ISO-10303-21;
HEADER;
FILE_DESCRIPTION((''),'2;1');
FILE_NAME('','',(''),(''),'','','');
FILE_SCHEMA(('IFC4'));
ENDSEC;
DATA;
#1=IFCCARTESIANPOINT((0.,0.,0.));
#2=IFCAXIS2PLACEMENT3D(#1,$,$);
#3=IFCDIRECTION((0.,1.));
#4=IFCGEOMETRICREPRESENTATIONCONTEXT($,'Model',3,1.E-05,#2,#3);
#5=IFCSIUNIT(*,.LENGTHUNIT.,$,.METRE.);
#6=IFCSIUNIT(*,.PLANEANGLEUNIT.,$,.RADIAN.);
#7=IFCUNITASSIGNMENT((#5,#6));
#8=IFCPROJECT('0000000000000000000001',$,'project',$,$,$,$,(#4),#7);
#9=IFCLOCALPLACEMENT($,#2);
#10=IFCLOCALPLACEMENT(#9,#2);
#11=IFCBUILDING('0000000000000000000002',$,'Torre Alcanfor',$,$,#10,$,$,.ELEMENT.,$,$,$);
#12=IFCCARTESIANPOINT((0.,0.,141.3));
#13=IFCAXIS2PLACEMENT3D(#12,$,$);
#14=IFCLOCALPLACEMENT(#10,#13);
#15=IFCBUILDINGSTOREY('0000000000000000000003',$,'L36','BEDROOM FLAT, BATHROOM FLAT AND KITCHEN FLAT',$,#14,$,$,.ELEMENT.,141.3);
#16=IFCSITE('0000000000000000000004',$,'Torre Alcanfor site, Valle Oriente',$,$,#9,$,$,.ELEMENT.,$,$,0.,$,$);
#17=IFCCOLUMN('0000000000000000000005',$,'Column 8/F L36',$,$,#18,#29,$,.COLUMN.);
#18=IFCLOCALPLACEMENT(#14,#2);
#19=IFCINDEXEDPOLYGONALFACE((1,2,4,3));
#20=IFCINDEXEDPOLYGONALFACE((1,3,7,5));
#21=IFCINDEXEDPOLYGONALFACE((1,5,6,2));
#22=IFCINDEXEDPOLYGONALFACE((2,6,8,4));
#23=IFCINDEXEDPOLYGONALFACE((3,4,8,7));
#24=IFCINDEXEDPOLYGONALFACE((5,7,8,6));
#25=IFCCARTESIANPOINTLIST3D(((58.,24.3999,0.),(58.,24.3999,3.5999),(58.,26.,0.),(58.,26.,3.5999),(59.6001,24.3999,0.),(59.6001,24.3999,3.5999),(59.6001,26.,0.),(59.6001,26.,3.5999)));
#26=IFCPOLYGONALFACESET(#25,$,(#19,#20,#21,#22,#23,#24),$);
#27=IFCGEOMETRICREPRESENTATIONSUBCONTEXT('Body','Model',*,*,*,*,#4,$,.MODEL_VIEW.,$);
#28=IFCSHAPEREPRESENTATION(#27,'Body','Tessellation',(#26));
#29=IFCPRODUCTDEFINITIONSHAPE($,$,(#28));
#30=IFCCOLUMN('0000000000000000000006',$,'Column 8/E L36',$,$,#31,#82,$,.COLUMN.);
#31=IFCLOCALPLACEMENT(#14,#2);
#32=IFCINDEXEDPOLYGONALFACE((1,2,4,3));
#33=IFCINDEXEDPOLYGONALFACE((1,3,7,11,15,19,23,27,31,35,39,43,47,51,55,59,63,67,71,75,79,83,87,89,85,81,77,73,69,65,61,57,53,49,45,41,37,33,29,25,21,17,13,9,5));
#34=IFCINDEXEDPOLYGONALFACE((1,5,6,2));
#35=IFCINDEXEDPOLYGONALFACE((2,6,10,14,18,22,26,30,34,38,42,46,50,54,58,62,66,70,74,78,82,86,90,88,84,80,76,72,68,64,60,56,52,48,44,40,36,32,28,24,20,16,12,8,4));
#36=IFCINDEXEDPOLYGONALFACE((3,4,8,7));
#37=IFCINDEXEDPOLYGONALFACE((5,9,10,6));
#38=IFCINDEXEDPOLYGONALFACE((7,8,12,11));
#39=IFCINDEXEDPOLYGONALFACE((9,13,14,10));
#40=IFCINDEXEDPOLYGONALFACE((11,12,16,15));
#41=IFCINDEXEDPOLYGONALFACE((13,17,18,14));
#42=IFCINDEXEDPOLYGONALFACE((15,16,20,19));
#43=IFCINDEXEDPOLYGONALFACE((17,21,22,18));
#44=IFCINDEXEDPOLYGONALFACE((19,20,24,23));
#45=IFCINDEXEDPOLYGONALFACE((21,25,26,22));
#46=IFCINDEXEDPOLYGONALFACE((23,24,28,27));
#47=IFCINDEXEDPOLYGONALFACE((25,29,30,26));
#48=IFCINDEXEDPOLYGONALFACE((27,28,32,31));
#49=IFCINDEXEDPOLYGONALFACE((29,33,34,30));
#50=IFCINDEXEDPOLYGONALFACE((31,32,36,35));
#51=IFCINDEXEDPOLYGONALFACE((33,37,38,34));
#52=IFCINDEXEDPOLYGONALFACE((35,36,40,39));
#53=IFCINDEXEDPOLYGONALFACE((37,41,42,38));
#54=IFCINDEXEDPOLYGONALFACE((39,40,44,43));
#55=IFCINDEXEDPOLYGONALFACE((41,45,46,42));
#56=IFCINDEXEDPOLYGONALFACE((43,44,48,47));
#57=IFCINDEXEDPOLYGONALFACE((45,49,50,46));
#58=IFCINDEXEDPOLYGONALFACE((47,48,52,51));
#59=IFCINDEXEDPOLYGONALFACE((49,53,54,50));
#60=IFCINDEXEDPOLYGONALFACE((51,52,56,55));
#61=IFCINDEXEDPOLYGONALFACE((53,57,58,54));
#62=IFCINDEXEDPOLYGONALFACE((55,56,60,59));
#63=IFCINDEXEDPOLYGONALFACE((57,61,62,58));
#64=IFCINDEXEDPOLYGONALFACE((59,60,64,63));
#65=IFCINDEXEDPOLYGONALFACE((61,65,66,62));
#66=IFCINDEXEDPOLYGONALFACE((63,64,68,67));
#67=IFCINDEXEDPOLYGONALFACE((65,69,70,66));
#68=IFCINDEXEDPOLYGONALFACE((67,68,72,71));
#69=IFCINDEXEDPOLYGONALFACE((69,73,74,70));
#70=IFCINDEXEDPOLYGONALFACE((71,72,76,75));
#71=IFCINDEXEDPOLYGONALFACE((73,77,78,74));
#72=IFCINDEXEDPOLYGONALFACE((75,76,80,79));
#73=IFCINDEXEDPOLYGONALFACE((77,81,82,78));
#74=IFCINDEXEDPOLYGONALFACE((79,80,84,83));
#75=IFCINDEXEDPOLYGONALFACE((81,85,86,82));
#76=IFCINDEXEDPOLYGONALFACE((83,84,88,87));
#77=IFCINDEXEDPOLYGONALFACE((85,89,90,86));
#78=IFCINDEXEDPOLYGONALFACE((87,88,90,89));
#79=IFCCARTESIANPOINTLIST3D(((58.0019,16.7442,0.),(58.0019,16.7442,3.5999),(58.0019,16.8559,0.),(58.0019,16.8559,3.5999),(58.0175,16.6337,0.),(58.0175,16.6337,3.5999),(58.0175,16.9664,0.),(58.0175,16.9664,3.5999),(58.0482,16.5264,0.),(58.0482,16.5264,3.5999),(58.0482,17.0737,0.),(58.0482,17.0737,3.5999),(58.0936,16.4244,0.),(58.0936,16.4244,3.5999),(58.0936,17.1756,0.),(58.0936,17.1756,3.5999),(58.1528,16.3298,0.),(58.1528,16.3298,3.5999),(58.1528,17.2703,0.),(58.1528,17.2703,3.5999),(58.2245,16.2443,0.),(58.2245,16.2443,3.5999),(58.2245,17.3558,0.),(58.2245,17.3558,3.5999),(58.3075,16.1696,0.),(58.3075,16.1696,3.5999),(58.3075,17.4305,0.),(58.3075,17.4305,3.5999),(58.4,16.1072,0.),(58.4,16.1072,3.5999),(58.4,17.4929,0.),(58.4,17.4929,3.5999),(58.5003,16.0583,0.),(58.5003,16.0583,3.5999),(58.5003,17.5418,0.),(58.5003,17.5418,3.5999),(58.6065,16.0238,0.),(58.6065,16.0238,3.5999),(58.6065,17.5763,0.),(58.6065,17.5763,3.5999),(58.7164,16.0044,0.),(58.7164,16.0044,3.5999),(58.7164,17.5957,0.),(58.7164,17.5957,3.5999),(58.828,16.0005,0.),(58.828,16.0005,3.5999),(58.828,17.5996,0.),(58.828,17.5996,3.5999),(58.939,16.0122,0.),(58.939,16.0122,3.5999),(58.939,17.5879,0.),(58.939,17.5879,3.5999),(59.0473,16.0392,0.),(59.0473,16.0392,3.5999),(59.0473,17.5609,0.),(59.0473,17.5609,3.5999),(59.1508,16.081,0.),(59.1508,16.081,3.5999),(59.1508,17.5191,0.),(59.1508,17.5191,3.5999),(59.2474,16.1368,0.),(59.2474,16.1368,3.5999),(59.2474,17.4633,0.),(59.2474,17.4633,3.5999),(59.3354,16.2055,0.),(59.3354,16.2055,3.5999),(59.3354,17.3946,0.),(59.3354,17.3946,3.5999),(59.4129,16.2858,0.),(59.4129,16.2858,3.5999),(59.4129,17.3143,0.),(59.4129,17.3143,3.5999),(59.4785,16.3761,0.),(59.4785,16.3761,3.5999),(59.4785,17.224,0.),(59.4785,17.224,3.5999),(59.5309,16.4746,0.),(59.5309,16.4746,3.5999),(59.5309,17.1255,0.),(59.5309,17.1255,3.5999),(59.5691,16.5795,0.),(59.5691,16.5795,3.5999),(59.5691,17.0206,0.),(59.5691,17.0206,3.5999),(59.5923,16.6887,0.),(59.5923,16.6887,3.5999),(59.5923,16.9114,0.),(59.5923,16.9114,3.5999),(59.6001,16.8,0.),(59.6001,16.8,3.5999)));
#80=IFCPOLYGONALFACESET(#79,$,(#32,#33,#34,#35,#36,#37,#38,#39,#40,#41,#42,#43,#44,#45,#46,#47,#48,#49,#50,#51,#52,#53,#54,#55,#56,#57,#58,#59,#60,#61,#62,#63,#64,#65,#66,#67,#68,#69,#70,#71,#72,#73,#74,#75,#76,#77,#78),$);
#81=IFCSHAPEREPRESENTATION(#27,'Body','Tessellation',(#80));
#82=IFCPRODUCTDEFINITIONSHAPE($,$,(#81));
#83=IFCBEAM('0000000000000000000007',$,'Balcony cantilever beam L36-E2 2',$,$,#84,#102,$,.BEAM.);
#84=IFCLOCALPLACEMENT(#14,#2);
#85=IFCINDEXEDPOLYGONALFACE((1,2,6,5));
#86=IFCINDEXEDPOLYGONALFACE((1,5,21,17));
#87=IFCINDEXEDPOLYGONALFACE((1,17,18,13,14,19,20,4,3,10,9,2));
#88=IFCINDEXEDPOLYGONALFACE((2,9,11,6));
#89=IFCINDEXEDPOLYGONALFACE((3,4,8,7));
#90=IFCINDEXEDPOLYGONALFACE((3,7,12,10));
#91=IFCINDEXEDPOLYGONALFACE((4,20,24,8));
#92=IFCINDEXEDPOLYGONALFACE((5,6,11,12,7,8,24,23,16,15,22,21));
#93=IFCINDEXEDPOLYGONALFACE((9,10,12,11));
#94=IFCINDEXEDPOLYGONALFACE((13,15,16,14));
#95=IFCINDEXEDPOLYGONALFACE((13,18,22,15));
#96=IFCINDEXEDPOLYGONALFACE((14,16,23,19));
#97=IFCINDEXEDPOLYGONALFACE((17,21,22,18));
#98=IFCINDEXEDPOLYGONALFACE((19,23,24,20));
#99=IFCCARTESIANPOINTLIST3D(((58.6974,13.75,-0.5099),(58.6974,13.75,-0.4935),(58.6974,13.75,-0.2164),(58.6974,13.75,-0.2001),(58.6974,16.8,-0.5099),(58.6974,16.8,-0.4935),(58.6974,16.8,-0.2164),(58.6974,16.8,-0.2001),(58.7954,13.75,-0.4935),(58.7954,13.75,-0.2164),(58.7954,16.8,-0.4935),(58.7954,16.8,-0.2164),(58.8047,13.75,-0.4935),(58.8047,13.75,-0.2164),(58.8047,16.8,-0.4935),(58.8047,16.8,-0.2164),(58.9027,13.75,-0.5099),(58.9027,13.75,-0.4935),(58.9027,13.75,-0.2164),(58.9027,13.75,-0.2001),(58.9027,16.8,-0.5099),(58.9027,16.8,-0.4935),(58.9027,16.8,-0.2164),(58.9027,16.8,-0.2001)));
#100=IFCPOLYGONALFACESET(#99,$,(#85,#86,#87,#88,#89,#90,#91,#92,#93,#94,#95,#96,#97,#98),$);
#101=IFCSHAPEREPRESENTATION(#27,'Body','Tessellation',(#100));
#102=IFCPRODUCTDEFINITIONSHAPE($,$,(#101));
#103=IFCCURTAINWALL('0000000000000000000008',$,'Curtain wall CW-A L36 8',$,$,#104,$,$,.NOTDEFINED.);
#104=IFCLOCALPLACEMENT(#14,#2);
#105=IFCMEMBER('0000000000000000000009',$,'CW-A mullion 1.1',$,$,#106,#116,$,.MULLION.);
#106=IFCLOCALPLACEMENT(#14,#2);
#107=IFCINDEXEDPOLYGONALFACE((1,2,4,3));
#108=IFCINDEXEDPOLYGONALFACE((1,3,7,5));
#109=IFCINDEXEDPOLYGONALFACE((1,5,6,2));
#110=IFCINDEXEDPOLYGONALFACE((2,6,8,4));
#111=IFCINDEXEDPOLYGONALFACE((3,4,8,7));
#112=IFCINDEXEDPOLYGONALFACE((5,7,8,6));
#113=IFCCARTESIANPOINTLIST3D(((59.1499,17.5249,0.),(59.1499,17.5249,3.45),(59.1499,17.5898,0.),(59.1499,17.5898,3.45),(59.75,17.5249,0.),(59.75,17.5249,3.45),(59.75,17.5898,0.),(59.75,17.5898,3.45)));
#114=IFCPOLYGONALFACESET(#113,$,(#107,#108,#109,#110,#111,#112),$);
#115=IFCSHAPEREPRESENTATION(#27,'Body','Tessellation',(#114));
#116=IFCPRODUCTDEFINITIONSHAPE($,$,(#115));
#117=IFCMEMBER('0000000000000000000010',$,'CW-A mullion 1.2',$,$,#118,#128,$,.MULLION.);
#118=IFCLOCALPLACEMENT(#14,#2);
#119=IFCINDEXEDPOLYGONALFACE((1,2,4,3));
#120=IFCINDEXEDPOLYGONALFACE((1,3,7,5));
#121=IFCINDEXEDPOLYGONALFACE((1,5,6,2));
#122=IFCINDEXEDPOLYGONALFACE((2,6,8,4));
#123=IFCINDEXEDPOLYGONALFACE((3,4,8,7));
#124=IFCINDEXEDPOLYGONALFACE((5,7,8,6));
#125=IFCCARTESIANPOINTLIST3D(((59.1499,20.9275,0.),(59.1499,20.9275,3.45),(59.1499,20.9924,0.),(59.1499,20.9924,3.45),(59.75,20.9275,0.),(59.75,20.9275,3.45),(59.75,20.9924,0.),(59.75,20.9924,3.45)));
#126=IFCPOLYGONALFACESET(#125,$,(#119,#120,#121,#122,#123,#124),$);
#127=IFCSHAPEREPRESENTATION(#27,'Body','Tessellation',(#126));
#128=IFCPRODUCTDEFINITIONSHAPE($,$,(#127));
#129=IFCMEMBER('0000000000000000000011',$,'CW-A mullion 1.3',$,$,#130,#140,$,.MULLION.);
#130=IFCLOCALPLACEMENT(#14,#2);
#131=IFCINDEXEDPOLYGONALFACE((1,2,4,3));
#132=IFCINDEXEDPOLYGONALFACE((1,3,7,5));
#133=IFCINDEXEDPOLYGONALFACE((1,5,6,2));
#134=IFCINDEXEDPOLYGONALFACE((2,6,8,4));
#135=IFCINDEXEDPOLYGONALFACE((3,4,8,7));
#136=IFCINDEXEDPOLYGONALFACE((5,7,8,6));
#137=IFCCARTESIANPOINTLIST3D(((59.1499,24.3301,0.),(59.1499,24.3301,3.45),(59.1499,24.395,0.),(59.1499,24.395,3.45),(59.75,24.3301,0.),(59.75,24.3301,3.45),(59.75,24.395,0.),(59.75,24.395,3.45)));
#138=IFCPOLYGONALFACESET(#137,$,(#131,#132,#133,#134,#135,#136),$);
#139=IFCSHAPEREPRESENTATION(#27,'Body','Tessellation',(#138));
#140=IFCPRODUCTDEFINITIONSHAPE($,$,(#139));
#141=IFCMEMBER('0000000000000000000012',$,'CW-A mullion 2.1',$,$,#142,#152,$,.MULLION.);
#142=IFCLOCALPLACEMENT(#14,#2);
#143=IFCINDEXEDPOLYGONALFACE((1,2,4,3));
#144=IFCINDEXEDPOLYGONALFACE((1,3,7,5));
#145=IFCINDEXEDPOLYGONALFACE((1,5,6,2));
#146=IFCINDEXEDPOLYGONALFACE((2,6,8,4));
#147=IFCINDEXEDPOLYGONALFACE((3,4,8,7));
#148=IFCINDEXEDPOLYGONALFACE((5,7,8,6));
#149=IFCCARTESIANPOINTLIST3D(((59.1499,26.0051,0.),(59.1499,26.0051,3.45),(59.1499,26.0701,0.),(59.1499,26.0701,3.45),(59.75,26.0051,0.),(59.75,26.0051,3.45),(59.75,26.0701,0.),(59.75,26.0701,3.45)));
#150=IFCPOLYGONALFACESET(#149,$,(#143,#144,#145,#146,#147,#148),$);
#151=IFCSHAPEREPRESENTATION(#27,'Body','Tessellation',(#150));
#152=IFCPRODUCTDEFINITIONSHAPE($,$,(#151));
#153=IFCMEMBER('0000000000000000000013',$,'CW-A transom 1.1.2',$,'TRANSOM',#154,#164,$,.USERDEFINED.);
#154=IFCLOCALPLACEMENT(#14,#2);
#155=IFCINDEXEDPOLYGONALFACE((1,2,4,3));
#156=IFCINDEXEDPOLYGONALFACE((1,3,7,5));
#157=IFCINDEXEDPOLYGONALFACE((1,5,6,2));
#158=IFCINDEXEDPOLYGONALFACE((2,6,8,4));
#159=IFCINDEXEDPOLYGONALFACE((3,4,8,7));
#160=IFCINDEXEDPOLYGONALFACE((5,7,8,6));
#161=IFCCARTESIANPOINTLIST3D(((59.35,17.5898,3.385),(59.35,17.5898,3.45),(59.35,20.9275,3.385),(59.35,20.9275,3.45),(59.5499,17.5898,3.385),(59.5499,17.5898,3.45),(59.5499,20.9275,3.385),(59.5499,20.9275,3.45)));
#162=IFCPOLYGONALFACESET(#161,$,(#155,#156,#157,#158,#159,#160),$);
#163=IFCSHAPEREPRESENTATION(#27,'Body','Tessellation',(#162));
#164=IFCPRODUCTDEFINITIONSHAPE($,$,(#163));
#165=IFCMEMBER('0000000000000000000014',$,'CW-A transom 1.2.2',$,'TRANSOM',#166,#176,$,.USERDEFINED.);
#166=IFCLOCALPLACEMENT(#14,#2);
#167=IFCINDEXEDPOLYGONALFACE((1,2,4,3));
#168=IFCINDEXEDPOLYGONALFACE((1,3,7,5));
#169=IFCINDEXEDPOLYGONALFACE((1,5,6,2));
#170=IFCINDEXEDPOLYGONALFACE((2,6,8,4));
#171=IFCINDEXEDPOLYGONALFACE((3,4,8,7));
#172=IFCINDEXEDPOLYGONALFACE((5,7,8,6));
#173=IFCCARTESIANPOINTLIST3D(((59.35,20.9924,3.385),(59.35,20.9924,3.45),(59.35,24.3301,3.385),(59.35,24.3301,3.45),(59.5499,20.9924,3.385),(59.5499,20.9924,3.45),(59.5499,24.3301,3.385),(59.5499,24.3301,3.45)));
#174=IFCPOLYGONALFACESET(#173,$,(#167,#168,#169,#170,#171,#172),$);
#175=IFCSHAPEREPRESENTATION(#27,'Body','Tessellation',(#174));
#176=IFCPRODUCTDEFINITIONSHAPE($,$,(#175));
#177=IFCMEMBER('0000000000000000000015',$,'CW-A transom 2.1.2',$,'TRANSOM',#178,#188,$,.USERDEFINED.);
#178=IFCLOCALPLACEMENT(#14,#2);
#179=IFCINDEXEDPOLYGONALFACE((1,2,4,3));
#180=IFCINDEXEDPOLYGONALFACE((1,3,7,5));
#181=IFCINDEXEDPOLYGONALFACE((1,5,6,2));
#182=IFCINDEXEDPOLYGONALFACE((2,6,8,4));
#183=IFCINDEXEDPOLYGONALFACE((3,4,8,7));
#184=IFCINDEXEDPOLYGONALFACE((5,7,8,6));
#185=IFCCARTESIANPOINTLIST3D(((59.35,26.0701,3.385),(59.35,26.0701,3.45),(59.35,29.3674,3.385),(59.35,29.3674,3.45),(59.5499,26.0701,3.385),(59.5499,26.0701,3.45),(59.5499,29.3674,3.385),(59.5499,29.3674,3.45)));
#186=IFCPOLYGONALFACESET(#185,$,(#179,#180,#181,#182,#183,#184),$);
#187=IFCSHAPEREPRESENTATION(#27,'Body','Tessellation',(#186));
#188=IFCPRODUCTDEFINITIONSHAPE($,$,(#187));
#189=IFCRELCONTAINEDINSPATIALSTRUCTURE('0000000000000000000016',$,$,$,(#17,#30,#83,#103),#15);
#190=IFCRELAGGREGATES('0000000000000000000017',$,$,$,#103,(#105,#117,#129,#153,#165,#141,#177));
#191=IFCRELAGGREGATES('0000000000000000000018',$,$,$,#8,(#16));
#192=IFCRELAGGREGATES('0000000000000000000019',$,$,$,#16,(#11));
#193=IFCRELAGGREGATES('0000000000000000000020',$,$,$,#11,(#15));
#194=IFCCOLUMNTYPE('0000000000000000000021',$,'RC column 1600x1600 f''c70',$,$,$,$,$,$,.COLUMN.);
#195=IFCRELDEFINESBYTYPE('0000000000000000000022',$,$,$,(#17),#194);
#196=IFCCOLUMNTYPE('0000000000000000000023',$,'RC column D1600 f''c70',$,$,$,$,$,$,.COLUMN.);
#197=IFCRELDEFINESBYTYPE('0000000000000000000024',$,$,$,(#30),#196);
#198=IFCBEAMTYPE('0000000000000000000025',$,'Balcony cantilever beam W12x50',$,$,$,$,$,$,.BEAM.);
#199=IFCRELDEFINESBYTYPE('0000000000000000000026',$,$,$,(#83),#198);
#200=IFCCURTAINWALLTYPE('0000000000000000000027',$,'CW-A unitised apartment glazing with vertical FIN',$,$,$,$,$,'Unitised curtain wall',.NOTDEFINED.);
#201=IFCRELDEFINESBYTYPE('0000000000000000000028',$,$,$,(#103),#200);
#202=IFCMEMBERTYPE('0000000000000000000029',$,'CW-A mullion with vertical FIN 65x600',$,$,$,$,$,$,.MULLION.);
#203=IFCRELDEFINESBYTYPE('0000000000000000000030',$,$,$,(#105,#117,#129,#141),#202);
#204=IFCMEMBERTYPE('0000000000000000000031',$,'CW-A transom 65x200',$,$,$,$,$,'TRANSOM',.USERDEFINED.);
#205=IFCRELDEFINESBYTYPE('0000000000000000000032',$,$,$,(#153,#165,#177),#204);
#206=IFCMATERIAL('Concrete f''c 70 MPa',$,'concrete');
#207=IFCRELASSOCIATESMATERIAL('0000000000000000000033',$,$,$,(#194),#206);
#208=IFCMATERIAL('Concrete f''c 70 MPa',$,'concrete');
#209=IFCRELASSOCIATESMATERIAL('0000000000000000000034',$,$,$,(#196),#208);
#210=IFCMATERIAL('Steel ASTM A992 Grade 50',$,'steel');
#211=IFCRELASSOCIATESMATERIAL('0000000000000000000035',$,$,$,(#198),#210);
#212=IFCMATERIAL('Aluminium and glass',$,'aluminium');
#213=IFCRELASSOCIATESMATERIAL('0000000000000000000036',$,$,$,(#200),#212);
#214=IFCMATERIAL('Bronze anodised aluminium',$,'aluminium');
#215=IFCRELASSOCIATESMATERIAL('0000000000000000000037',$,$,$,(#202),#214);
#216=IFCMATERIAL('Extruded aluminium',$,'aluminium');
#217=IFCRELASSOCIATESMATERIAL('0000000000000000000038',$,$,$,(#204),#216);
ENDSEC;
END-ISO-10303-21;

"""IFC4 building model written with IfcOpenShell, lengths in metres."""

from ifc_helpers import new_model, si_unit, direction, frame, origin, origin_2d, place, context, subcontext, project, spatial, rectangle, circle, i_section, extrude, material, material_profile, profile_set, type_object, element, aggregate, save


model = new_model("IFC4")

# Units and contexts
model_context = context("Model", 3, precision=1e-05, world=origin(), true_north=direction((0.0, 1.0)))
body_context = subcontext(model_context, "Body", "Model", "MODEL_VIEW")
ifc_project = project(units=[si_unit("LENGTHUNIT", "METRE"), si_unit("PLANEANGLEUNIT", "RADIAN")], contexts=[model_context])

# Site, building, storey
site_placement = place(None, origin())
site = spatial("IfcSite", under=ifc_project, at=site_placement, Name="Torre Alcanfor site, Valle Oriente", CompositionType="ELEMENT", RefElevation=0.0)
building_placement = place(site_placement, origin())
building = spatial("IfcBuilding", under=site, at=building_placement, Name="Torre Alcanfor", CompositionType="ELEMENT")
storey_placement = place(building_placement, frame((0.0, 0.0, 141.3)))
storey = spatial("IfcBuildingStorey", under=building, at=storey_placement, Name="L36", Description="BEDROOM FLAT, BATHROOM FLAT AND KITCHEN FLAT", CompositionType="ELEMENT", Elevation=141.3)

# Columns
ifc_material_1 = material(Name="Concrete f'c 70 MPa", Category="concrete")
ifc_material_profile_1 = material_profile(ifc_material_1, rectangle(XDim=1.6001, YDim=1.6001, at=origin_2d()), Name="1600x1600")
ifc_profile_set_1 = profile_set([ifc_material_profile_1], Name="Concrete f'c 70 MPa")
column_type_1 = type_object("IfcColumnType", Name="RC column 1600x1600 f'c70", PredefinedType="COLUMN", material=ifc_profile_set_1)
column_1_placement = place(storey_placement, frame((58.8, 25.2, 0.0), z_axis=(0.0, 0.0, 1.0), x_axis=(1.0, 0.0, 0.0)))
element("IfcColumn", 1, at=column_1_placement, inside=storey, type_object=column_type_1, Name="Column 8/F L36", PredefinedType="COLUMN", context=body_context, shape_type="SweptSolid", body=[
    extrude(rectangle(XDim=1.6001, YDim=1.6001, at=origin_2d()), origin(), (0.0, 0.0, 1.0), 3.5999),
])
ifc_material_2 = material(Name="Concrete f'c 70 MPa", Category="concrete")
ifc_material_profile_2 = material_profile(ifc_material_2, circle(Radius=0.8, at=origin_2d()), Name="D1600")
ifc_profile_set_2 = profile_set([ifc_material_profile_2], Name="Concrete f'c 70 MPa")
column_type_2 = type_object("IfcColumnType", Name="RC column D1600 f'c70", PredefinedType="COLUMN", material=ifc_profile_set_2)
column_2_placement = place(storey_placement, frame((58.8, 16.8, 0.0), z_axis=(0.0, 0.0, 1.0), x_axis=(1.0, 0.0, 0.0)))
element("IfcColumn", 2, at=column_2_placement, inside=storey, type_object=column_type_2, Name="Column 8/E L36", PredefinedType="COLUMN", context=body_context, shape_type="SweptSolid", body=[
    extrude(circle(Radius=0.8, at=origin_2d()), origin(), (0.0, 0.0, 1.0), 3.5999),
])

# Beam
ifc_material_3 = material(Name="Steel ASTM A992 Grade 50", Category="steel")
ifc_material_profile_3 = material_profile(ifc_material_3, i_section(OverallWidth=0.2053, OverallDepth=0.3098, WebThickness=0.0093, FlangeThickness=0.0164, at=origin_2d()), Name="W12x50")
ifc_profile_set_3 = profile_set([ifc_material_profile_3], Name="Steel ASTM A992 Grade 50")
beam_type_1 = type_object("IfcBeamType", Name="Balcony cantilever beam W12x50", PredefinedType="BEAM", material=ifc_profile_set_3)
beam_1_placement = place(storey_placement, frame((58.8, 16.8, -0.355), z_axis=(0.0, -1.0, 0.0), x_axis=(1.0, 0.0, 0.0)))
element("IfcBeam", 3, at=beam_1_placement, inside=storey, type_object=beam_type_1, Name="Balcony cantilever beam L36-E2 2", PredefinedType="BEAM", context=body_context, shape_type="SweptSolid", body=[
    extrude(i_section(OverallWidth=0.2053, OverallDepth=0.3098, WebThickness=0.0093, FlangeThickness=0.0164, at=origin_2d()), origin(), (0.0, 0.0, 1.0), 3.05),
])

# Curtain wall, members
ifc_material_4 = material(Name="Aluminium and glass", Category="aluminium")
curtain_wall_type = type_object("IfcCurtainWallType", Name="CW-A unitised apartment glazing with vertical FIN", ElementType="Unitised curtain wall", PredefinedType="NOTDEFINED", material=ifc_material_4)
curtain_wall_placement = place(storey_placement, origin())
curtain_wall = element("IfcCurtainWall", 4, at=curtain_wall_placement, inside=storey, type_object=curtain_wall_type, Name="Curtain wall CW-A L36 8", PredefinedType="NOTDEFINED")
ifc_material_5 = material(Name="Bronze anodised aluminium", Category="aluminium")
ifc_material_profile_4 = material_profile(ifc_material_5, rectangle(XDim=0.6001, YDim=0.0649, at=origin_2d()), Name="CW-A mullion 65x600")
ifc_profile_set_4 = profile_set([ifc_material_profile_4], Name="Bronze anodised aluminium")
member_type_1 = type_object("IfcMemberType", Name="CW-A mullion with vertical FIN 65x600", PredefinedType="MULLION", material=ifc_profile_set_4)
member_1_placement = place(storey_placement, frame((59.45, 17.5574, 0.0), z_axis=(0.0, 0.0, 1.0), x_axis=(-1.0, 0.0, 0.0)))
member_1 = element("IfcMember", 5, at=member_1_placement, type_object=member_type_1, Name="CW-A mullion 1.1", PredefinedType="MULLION", context=body_context, shape_type="SweptSolid", body=[
    extrude(rectangle(XDim=0.6001, YDim=0.0649, at=origin_2d()), origin(), (0.0, 0.0, 1.0), 3.45),
])
member_2_placement = place(storey_placement, frame((59.45, 20.96, 0.0), z_axis=(0.0, 0.0, 1.0), x_axis=(-1.0, 0.0, 0.0)))
member_2 = element("IfcMember", 6, at=member_2_placement, type_object=member_type_1, Name="CW-A mullion 1.2", PredefinedType="MULLION", context=body_context, shape_type="SweptSolid", body=[
    extrude(rectangle(XDim=0.6001, YDim=0.0649, at=origin_2d()), origin(), (0.0, 0.0, 1.0), 3.45),
])
member_3_placement = place(storey_placement, frame((59.45, 24.3625, 0.0), z_axis=(0.0, 0.0, 1.0), x_axis=(-1.0, 0.0, 0.0)))
member_3 = element("IfcMember", 7, at=member_3_placement, type_object=member_type_1, Name="CW-A mullion 1.3", PredefinedType="MULLION", context=body_context, shape_type="SweptSolid", body=[
    extrude(rectangle(XDim=0.6001, YDim=0.0649, at=origin_2d()), origin(), (0.0, 0.0, 1.0), 3.45),
])
member_4_placement = place(storey_placement, frame((59.45, 26.0376, 0.0), z_axis=(0.0, 0.0, 1.0), x_axis=(-1.0, 0.0, 0.0)))
member_4 = element("IfcMember", 8, at=member_4_placement, type_object=member_type_1, Name="CW-A mullion 2.1", PredefinedType="MULLION", context=body_context, shape_type="SweptSolid", body=[
    extrude(rectangle(XDim=0.6001, YDim=0.0649, at=origin_2d()), origin(), (0.0, 0.0, 1.0), 3.45),
])
ifc_material_6 = material(Name="Extruded aluminium", Category="aluminium")
ifc_material_profile_5 = material_profile(ifc_material_6, rectangle(XDim=0.2, YDim=0.0649, at=origin_2d()), Name="CW-A transom 200x65")
ifc_profile_set_5 = profile_set([ifc_material_profile_5], Name="Extruded aluminium")
member_type_2 = type_object("IfcMemberType", Name="CW-A transom 65x200", ElementType="TRANSOM", PredefinedType="USERDEFINED", material=ifc_profile_set_5)
member_5_placement = place(storey_placement, frame((59.45, 17.5898, 3.4175), z_axis=(0.0, 1.0, 0.0), x_axis=(-1.0, 0.0, 0.0)))
member_5 = element("IfcMember", 9, at=member_5_placement, type_object=member_type_2, Name="CW-A transom 1.1.2", ObjectType="TRANSOM", PredefinedType="USERDEFINED", context=body_context, shape_type="SweptSolid", body=[
    extrude(rectangle(XDim=0.2, YDim=0.0649, at=origin_2d()), origin(), (0.0, 0.0, 1.0), 3.3376),
])
member_6_placement = place(storey_placement, frame((59.45, 20.9924, 3.4175), z_axis=(0.0, 1.0, 0.0), x_axis=(-1.0, 0.0, 0.0)))
member_6 = element("IfcMember", 10, at=member_6_placement, type_object=member_type_2, Name="CW-A transom 1.2.2", ObjectType="TRANSOM", PredefinedType="USERDEFINED", context=body_context, shape_type="SweptSolid", body=[
    extrude(rectangle(XDim=0.2, YDim=0.0649, at=origin_2d()), origin(), (0.0, 0.0, 1.0), 3.3376),
])
member_7_placement = place(storey_placement, frame((59.45, 26.0701, 3.4175), z_axis=(0.0, 1.0, 0.0), x_axis=(-1.0, 0.0, 0.0)))
member_7 = element("IfcMember", 11, at=member_7_placement, type_object=member_type_2, Name="CW-A transom 2.1.2", ObjectType="TRANSOM", PredefinedType="USERDEFINED", context=body_context, shape_type="SweptSolid", body=[
    extrude(rectangle(XDim=0.2, YDim=0.0649, at=origin_2d()), origin(), (0.0, 0.0, 1.0), 3.2974),
])

aggregate(curtain_wall, [member_1, member_2, member_3, member_5, member_6, member_4, member_7])

save(model, "model.ifc")
